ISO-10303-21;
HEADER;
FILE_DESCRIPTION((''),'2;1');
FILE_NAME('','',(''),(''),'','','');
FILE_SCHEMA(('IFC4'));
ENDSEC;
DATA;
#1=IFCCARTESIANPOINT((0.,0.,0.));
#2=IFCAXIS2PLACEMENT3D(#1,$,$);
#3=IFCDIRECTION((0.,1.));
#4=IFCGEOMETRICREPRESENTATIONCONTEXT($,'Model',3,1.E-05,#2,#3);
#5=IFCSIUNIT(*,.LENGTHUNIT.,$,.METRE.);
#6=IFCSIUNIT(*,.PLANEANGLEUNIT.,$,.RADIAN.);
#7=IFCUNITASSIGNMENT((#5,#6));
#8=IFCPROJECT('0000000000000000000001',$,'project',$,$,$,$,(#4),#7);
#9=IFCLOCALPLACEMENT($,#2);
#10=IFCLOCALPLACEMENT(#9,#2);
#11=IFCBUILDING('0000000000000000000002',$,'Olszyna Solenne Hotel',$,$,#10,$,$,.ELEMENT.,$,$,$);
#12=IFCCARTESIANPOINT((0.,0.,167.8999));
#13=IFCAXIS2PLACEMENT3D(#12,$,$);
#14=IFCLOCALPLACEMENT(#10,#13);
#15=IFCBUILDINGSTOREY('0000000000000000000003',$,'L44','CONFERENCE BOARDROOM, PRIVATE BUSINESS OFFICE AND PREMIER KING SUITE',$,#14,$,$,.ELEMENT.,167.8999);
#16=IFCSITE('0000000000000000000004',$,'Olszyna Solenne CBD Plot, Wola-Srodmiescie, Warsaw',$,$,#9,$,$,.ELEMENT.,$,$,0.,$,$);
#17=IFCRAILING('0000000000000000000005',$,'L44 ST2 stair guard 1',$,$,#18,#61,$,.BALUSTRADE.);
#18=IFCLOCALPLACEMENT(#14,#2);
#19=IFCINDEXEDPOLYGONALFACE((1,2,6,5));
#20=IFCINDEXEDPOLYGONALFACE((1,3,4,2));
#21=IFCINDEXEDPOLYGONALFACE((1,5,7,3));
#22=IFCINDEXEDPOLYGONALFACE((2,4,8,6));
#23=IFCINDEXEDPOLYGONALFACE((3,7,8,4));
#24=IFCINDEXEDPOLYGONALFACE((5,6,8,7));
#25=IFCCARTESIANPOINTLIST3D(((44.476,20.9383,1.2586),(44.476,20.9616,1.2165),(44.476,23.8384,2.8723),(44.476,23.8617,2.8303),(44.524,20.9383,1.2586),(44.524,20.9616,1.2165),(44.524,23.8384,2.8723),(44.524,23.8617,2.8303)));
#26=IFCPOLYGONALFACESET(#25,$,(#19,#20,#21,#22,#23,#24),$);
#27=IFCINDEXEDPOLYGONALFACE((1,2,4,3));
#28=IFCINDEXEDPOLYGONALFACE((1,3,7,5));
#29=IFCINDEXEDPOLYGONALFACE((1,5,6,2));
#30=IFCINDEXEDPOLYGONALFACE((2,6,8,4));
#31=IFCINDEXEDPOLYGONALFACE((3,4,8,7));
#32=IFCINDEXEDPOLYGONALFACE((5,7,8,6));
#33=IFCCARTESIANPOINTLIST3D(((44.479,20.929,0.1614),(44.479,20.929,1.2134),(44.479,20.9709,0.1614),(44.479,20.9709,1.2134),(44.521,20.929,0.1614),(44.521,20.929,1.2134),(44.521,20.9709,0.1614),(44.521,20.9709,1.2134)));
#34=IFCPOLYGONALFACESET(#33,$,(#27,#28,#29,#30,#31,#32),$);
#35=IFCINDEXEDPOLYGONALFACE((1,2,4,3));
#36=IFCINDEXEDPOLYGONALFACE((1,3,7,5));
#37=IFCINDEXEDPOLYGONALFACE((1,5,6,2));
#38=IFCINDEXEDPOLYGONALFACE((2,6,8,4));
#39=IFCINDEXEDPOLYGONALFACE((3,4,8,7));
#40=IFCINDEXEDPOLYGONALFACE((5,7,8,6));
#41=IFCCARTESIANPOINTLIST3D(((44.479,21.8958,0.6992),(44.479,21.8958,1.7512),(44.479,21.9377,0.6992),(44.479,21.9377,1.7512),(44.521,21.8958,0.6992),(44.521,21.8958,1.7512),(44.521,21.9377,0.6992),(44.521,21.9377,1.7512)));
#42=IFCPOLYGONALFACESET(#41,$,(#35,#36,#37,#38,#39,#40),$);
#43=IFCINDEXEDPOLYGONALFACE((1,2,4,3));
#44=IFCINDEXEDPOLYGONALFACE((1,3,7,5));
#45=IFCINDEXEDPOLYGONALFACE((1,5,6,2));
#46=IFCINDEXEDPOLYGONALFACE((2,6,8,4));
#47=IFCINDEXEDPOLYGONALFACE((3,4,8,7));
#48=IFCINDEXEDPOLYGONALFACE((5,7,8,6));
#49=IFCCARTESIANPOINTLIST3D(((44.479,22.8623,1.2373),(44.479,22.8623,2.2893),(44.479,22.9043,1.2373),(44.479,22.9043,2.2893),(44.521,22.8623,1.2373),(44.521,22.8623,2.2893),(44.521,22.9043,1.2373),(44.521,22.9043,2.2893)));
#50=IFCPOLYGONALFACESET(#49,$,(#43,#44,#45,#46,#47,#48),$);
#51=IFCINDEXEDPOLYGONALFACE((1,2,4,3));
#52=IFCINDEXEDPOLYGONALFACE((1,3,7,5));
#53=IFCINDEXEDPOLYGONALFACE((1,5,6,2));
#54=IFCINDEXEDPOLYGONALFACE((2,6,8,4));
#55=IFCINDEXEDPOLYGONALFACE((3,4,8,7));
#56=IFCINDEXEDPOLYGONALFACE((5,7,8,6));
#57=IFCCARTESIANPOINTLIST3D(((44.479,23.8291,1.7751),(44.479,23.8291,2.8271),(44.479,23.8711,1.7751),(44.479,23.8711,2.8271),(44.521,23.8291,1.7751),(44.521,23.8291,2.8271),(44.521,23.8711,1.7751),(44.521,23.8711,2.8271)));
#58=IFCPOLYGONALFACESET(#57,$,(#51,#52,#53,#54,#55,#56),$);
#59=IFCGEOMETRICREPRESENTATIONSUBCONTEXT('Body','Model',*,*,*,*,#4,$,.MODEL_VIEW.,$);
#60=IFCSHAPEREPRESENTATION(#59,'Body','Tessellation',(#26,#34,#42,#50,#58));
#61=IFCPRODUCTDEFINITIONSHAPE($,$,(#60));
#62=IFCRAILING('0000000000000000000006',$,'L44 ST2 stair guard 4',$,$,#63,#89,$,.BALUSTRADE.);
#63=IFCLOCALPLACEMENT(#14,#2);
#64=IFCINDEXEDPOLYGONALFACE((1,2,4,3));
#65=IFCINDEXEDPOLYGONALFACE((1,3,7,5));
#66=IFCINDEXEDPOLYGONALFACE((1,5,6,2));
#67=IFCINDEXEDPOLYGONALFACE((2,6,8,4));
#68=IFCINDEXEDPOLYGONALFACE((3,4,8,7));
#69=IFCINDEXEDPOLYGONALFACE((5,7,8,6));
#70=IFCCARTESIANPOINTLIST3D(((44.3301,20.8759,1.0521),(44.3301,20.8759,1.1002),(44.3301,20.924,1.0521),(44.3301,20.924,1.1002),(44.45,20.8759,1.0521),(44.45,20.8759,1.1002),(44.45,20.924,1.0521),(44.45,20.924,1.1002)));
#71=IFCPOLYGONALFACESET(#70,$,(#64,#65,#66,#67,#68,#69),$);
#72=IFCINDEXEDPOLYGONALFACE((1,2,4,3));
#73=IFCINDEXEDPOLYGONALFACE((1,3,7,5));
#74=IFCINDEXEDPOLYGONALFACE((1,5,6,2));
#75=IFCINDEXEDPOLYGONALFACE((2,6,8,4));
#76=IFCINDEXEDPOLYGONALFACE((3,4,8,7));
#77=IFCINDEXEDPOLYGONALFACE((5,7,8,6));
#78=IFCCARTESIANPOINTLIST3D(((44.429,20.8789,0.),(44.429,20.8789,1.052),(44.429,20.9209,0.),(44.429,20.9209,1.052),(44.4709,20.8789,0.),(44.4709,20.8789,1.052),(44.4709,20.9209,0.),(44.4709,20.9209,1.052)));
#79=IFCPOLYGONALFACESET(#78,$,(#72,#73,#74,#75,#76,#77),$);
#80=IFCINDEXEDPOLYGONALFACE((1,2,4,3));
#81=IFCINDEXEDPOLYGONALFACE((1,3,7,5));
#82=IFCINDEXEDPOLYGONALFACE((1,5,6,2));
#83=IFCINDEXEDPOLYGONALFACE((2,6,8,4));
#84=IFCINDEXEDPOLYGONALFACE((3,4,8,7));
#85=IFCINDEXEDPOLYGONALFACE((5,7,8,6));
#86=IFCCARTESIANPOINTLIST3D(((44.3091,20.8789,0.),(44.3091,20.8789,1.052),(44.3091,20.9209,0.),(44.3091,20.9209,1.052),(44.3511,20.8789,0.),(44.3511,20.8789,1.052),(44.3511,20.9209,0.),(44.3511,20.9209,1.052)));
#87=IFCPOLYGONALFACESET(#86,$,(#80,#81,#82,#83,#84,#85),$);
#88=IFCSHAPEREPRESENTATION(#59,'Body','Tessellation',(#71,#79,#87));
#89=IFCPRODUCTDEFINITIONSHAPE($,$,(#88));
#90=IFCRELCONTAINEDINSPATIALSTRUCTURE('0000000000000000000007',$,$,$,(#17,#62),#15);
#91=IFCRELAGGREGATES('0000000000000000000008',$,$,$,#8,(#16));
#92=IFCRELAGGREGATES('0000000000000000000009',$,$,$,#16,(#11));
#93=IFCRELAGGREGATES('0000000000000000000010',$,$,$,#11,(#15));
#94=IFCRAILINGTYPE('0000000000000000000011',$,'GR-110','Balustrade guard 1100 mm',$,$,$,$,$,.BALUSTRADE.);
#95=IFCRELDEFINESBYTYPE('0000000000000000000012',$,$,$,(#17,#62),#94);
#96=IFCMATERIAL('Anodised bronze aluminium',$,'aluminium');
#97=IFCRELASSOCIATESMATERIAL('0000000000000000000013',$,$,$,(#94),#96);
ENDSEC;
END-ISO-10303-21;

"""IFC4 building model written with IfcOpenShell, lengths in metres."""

from ifc_helpers import new_model, si_unit, direction, frame, origin, origin_2d, place, context, subcontext, project, spatial, rectangle, extrude, material, type_object, element, save


model = new_model("IFC4")

# Units and contexts
model_context = context("Model", 3, precision=1e-05, world=origin(), true_north=direction((0.0, 1.0)))
body_context = subcontext(model_context, "Body", "Model", "MODEL_VIEW")
ifc_project = project(units=[si_unit("LENGTHUNIT", "METRE"), si_unit("PLANEANGLEUNIT", "RADIAN")], contexts=[model_context])

# Site, building, storey
site_placement = place(None, origin())
site = spatial("IfcSite", under=ifc_project, at=site_placement, Name="Olszyna Solenne CBD Plot, Wola-Srodmiescie, Warsaw", CompositionType="ELEMENT", RefElevation=0.0)
building_placement = place(site_placement, origin())
building = spatial("IfcBuilding", under=site, at=building_placement, Name="Olszyna Solenne Hotel", CompositionType="ELEMENT")
storey_placement = place(building_placement, frame((0.0, 0.0, 167.8999)))
storey = spatial("IfcBuildingStorey", under=building, at=storey_placement, Name="L44", Description="CONFERENCE BOARDROOM, PRIVATE BUSINESS OFFICE AND PREMIER KING SUITE", CompositionType="ELEMENT", Elevation=167.8999)

# Shared definitions
ifc_material_1 = material(Name="Anodised bronze aluminium", Category="aluminium")

# Railings
railing_type = type_object("IfcRailingType", Name="GR-110", Description="Balustrade guard 1100 mm", PredefinedType="BALUSTRADE", material=ifc_material_1)
railing_1_placement = place(storey_placement, frame((44.5, 20.95, 0.1614)))
element("IfcRailing", 1, at=railing_1_placement, inside=storey, type_object=railing_type, Name="L44 ST2 stair guard 1", PredefinedType="BALUSTRADE", context=body_context, shape_type="SweptSolid", body=[
    extrude(rectangle(XDim=0.0481, YDim=0.0481, at=origin_2d()), frame((0.0, 0.0, 1.0762), z_axis=(0.0, 0.873827, 0.486236), x_axis=(-1.0, 0.0, 0.0)), (0.0, 0.0, 1.0), 3.3188),
    extrude(rectangle(XDim=0.042, YDim=0.042, at=origin_2d()), origin(), (0.0, 0.0, 1.0), 1.052),
    extrude(rectangle(XDim=0.042, YDim=0.042, at=origin_2d()), frame((0.0, 0.9668, 0.5378)), (0.0, 0.0, 1.0), 1.052),
    extrude(rectangle(XDim=0.042, YDim=0.042, at=origin_2d()), frame((0.0, 1.9333, 1.0759)), (0.0, 0.0, 1.0), 1.052),
    extrude(rectangle(XDim=0.042, YDim=0.042, at=origin_2d()), frame((0.0, 2.9001, 1.6138)), (0.0, 0.0, 1.0), 1.052),
])
railing_2_placement = place(storey_placement, frame((44.45, 20.8999, 0.0)))
element("IfcRailing", 2, at=railing_2_placement, inside=storey, type_object=railing_type, Name="L44 ST2 stair guard 4", PredefinedType="BALUSTRADE", context=body_context, shape_type="SweptSolid", body=[
    extrude(rectangle(XDim=0.0481, YDim=0.0481, at=origin_2d()), frame((0.0, 0.0, 1.0762), z_axis=(-1.0, 0.0, 0.0), x_axis=(0.0, -1.0, 0.0)), (0.0, 0.0, 1.0), 0.1199),
    extrude(rectangle(XDim=0.042, YDim=0.042, at=origin_2d()), origin(), (0.0, 0.0, 1.0), 1.052),
    extrude(rectangle(XDim=0.042, YDim=0.042, at=origin_2d()), frame((-0.1199, 0.0, 0.0)), (0.0, 0.0, 1.0), 1.052),
])

save(model, "model.ifc")
